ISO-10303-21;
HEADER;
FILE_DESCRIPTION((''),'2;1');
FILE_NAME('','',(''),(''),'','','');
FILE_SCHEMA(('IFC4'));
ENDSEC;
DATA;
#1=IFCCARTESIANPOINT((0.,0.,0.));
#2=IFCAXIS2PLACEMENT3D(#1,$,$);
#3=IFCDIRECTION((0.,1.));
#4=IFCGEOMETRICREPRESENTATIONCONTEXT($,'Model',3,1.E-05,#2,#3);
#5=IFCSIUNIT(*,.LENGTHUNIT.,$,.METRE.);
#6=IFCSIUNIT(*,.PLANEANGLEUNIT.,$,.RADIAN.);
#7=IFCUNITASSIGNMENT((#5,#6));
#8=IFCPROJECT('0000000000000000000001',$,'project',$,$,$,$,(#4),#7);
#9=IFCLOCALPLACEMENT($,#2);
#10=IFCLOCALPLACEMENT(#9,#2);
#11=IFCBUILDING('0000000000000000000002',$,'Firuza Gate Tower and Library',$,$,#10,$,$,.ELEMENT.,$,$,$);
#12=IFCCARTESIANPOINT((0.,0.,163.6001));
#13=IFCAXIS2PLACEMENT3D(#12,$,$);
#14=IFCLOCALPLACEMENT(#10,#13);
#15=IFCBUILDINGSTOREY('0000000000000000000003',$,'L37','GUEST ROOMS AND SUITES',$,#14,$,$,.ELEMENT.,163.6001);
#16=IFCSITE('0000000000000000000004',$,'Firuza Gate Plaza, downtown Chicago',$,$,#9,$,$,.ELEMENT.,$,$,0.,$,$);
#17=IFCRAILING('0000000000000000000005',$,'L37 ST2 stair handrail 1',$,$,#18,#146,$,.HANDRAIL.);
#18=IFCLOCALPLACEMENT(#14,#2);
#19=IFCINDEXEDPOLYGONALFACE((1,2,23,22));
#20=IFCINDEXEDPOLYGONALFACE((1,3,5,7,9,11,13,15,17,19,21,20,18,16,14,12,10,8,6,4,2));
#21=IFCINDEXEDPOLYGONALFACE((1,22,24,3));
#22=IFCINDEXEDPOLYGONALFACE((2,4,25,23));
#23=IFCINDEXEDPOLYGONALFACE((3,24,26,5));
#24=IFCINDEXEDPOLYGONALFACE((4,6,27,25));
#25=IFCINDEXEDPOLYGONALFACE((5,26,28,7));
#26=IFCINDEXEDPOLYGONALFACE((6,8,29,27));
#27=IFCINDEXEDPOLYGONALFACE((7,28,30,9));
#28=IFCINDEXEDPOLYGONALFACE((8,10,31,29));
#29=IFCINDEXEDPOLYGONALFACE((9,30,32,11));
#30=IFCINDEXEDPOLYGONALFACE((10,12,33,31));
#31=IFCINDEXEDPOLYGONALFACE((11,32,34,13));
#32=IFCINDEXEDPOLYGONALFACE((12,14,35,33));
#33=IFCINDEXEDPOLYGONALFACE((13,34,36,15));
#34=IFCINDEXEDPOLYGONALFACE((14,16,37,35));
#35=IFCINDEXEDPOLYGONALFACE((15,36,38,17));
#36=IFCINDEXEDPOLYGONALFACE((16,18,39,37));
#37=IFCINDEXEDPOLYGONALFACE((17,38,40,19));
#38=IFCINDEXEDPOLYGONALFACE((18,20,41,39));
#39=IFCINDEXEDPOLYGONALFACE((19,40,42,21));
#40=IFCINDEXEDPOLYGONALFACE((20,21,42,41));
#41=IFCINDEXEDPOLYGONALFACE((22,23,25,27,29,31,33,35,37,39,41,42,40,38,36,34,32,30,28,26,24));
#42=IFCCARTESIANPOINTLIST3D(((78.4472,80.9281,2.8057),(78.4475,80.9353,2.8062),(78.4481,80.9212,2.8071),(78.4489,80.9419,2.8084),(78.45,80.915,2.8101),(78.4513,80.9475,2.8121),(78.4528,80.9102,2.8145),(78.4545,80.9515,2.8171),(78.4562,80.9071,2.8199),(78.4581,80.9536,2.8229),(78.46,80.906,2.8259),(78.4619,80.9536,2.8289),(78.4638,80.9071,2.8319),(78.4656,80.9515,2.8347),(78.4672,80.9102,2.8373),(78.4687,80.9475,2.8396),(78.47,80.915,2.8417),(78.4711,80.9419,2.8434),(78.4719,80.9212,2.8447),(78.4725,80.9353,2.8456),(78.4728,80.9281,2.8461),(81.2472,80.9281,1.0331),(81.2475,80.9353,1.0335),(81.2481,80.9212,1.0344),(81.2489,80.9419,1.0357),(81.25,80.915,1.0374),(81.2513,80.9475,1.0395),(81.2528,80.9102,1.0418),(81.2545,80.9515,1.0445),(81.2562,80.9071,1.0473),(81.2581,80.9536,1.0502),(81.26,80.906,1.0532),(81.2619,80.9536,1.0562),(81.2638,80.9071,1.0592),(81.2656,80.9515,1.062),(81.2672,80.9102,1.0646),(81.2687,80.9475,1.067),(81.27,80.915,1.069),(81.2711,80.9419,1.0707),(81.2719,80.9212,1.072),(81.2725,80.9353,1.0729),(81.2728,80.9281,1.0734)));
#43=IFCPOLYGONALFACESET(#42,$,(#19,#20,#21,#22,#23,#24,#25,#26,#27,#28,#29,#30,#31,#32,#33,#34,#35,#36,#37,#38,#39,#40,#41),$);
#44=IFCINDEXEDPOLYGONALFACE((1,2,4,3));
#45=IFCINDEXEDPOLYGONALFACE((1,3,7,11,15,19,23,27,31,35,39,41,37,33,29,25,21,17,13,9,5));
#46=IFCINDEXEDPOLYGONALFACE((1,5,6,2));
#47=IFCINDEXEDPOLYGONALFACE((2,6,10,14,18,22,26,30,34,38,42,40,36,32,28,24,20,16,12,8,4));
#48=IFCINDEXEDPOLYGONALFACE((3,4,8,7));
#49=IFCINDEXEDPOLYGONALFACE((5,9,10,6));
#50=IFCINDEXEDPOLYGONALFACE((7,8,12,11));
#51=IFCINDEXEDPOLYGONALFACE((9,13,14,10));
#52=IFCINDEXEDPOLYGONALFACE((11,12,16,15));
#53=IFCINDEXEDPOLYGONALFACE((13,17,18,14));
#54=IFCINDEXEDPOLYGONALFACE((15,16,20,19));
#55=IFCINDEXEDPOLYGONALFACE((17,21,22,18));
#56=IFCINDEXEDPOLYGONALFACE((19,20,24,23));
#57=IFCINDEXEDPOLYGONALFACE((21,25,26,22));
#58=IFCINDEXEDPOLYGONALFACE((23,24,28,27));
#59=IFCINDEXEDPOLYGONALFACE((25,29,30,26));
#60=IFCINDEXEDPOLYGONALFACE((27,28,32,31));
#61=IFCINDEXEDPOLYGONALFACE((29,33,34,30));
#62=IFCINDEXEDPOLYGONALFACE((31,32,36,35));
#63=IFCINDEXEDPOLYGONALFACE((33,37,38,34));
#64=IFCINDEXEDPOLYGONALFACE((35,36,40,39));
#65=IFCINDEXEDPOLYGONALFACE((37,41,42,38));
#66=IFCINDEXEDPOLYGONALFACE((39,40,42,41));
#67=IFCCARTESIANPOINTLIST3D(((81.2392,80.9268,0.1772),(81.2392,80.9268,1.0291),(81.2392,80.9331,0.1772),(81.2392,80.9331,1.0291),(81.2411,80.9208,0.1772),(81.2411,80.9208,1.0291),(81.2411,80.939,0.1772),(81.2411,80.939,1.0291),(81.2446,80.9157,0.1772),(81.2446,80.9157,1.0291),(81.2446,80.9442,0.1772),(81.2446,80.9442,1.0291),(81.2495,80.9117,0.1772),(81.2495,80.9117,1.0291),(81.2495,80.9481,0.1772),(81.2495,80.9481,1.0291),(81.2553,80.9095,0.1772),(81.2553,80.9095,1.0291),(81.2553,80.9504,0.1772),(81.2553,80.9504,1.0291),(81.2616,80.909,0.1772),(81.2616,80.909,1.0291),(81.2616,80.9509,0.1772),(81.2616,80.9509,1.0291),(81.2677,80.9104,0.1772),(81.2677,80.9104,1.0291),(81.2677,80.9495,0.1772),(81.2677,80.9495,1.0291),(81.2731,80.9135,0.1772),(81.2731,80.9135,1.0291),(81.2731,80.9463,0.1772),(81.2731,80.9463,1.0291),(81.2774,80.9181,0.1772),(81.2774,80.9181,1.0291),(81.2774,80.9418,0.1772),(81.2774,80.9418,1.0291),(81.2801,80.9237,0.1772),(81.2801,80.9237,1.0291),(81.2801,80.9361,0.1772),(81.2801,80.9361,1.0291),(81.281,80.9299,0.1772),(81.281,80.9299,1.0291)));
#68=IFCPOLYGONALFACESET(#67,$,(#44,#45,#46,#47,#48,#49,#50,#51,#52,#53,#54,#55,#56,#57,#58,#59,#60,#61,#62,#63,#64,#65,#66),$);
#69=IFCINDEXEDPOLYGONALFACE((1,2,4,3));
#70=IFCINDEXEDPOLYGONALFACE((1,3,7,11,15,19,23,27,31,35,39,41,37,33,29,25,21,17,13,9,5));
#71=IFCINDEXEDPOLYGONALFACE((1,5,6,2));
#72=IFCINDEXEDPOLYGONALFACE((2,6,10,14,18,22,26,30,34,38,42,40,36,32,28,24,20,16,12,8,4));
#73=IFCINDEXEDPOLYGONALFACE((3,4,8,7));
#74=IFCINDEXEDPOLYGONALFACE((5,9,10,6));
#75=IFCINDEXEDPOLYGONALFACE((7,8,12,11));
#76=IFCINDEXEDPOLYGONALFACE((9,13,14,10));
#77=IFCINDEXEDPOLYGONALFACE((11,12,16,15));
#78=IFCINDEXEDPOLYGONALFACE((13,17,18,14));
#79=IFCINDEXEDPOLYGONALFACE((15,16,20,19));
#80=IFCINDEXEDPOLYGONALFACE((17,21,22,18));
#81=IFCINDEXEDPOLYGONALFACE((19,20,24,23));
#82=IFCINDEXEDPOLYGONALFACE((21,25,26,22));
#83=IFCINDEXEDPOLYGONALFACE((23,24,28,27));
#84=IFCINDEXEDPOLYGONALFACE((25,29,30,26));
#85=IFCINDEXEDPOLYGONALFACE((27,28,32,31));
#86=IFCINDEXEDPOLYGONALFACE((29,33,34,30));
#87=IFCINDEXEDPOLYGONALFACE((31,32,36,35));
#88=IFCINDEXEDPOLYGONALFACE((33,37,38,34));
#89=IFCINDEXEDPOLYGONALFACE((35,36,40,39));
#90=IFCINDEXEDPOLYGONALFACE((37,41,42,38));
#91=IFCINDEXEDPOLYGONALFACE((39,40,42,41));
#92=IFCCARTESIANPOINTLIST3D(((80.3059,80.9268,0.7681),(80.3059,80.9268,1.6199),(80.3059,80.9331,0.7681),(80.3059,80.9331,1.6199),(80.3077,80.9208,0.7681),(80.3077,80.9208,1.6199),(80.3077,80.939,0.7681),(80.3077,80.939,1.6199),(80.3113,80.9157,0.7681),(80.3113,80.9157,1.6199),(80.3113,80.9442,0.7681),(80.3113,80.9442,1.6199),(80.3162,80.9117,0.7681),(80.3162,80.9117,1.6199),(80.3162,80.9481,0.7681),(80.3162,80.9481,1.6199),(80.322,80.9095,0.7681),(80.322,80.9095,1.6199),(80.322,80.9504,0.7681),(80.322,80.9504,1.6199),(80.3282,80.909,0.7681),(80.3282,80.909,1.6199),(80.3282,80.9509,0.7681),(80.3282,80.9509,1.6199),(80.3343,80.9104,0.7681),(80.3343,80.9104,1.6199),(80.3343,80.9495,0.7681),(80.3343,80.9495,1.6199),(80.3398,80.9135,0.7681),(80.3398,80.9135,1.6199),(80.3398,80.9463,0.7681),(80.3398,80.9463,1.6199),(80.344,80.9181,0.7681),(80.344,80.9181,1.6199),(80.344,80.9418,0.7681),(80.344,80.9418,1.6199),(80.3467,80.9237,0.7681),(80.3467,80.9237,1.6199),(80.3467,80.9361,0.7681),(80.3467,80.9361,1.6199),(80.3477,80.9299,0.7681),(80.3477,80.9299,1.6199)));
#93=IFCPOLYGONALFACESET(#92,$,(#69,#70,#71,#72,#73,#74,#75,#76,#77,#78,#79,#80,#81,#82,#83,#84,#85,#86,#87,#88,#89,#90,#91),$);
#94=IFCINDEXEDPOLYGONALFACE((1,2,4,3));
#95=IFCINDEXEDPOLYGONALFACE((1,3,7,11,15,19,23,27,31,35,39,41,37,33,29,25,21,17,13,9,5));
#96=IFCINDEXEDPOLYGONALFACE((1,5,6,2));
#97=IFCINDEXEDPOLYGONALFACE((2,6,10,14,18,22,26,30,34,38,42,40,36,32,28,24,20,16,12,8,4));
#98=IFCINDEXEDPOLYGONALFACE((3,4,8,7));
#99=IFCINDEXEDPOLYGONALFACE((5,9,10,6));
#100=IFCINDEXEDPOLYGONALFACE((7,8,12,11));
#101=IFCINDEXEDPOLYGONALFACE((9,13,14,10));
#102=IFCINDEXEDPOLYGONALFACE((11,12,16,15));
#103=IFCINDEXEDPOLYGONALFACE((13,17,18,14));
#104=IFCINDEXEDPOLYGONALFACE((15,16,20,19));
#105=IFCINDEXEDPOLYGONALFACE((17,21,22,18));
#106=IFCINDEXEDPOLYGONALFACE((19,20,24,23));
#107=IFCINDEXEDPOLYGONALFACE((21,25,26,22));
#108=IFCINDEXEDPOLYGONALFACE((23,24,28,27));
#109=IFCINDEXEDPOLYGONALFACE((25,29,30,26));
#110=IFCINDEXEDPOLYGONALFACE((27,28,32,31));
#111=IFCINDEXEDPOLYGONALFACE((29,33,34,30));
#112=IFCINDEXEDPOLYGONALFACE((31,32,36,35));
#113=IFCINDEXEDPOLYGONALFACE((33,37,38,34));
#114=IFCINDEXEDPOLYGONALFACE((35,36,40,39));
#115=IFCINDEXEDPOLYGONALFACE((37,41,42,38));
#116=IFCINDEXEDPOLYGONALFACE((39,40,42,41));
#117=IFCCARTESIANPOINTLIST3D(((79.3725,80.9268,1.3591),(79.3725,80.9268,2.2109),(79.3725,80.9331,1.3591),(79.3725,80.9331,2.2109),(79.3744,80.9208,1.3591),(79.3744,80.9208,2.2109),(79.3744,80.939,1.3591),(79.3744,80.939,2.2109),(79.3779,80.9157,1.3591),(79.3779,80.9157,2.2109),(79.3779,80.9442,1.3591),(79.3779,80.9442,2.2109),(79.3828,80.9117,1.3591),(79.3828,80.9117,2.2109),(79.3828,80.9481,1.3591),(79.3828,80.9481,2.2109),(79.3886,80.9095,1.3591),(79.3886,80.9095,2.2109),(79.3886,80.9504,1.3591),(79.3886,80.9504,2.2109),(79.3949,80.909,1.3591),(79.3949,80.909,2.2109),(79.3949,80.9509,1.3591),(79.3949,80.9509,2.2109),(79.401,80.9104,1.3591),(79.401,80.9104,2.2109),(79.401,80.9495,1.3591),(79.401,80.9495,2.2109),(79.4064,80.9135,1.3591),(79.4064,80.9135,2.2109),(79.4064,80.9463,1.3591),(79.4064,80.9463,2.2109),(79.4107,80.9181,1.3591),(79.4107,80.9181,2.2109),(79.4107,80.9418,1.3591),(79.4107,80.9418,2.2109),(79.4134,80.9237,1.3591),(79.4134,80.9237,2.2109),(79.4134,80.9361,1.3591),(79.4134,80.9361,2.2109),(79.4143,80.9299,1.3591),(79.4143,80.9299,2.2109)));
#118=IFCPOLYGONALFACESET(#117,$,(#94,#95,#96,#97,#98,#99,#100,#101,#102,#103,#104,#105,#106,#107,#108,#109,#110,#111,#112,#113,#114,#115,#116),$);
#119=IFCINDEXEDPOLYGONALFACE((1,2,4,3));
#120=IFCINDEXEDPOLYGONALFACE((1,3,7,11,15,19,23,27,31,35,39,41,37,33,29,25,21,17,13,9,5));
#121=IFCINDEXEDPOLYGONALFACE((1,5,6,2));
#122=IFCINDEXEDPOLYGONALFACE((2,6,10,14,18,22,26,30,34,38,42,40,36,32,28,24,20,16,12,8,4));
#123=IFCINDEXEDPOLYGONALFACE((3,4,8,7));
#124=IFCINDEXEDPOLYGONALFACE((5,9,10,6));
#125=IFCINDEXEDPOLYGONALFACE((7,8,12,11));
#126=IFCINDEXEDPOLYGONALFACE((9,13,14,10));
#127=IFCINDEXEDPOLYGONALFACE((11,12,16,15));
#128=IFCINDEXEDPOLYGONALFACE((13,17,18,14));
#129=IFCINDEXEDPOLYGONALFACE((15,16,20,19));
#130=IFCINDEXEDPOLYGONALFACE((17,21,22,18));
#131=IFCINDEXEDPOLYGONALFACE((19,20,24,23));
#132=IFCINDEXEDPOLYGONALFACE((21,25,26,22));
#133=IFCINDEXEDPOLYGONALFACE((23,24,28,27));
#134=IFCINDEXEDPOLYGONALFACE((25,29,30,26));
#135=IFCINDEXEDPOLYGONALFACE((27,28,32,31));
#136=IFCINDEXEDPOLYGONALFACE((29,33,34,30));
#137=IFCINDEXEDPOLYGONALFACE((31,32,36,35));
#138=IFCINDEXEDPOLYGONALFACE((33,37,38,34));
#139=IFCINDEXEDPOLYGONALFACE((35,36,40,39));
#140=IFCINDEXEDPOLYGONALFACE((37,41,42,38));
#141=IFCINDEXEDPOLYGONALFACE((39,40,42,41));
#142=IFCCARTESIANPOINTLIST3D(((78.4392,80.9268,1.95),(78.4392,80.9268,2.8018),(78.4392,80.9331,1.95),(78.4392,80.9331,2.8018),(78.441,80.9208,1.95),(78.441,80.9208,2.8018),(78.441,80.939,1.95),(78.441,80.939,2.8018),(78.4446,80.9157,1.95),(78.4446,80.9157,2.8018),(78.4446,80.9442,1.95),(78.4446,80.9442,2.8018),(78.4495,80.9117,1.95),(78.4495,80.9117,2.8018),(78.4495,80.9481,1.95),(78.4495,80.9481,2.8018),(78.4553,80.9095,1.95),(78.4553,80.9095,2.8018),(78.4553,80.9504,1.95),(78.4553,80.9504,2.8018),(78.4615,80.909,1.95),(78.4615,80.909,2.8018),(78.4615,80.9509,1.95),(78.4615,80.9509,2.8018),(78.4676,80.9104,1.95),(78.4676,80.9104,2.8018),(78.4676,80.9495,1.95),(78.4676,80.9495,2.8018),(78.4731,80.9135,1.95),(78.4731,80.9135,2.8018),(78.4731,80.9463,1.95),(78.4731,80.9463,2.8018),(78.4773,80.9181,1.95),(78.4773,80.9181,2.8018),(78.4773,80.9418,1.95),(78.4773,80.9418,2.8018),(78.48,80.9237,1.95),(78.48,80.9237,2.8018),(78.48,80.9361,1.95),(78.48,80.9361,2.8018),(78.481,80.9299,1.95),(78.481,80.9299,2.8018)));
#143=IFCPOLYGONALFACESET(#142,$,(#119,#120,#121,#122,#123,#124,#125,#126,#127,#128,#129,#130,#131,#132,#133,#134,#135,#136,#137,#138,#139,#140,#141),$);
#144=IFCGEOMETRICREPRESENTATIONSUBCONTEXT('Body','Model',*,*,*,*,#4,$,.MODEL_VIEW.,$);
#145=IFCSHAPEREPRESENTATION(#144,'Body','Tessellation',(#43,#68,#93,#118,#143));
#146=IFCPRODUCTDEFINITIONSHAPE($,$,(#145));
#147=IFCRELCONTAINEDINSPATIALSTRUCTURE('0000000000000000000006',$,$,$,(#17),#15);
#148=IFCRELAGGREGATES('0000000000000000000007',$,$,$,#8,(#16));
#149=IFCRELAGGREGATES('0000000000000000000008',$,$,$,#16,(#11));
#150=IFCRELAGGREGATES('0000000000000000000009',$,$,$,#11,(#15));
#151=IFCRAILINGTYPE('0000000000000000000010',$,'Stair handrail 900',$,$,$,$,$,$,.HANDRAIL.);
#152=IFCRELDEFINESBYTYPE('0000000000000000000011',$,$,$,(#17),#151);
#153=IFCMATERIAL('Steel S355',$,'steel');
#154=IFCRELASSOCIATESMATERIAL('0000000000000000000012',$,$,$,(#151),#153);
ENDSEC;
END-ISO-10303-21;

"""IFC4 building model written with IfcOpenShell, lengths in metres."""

from ifc_helpers import new_model, si_unit, direction, frame, origin, origin_2d, place, context, subcontext, project, spatial, circle, extrude, material, type_object, element, save


model = new_model("IFC4")

# Units and contexts
model_context = context("Model", 3, precision=1e-05, world=origin(), true_north=direction((0.0, 1.0)))
body_context = subcontext(model_context, "Body", "Model", "MODEL_VIEW")
ifc_project = project(units=[si_unit("LENGTHUNIT", "METRE"), si_unit("PLANEANGLEUNIT", "RADIAN")], contexts=[model_context])

# Site, building, storey
site_placement = place(None, origin())
site = spatial("IfcSite", under=ifc_project, at=site_placement, Name="Firuza Gate Plaza, downtown Chicago", CompositionType="ELEMENT", RefElevation=0.0)
building_placement = place(site_placement, origin())
building = spatial("IfcBuilding", under=site, at=building_placement, Name="Firuza Gate Tower and Library", CompositionType="ELEMENT")
storey_placement = place(building_placement, frame((0.0, 0.0, 163.6001)))
storey = spatial("IfcBuildingStorey", under=building, at=storey_placement, Name="L37", Description="GUEST ROOMS AND SUITES", CompositionType="ELEMENT", Elevation=163.6001)

# Railing
ifc_material_1 = material(Name="Steel S355", Category="steel")
railing_type_1 = type_object("IfcRailingType", Name="Stair handrail 900", PredefinedType="HANDRAIL", material=ifc_material_1)
railing_1_placement = place(storey_placement, frame((81.26, 80.9299, 0.1772)))
element("IfcRailing", 1, at=railing_1_placement, inside=storey, type_object=railing_type_1, Name="L37 ST2 stair handrail 1", PredefinedType="HANDRAIL", context=body_context, shape_type="SweptSolid", body=[
    extrude(circle(Radius=0.0239, at=origin_2d()), frame((0.0, 0.0, 0.876), z_axis=(-0.844909, 0.0, 0.53491), x_axis=(0.0, -1.0, 0.0)), (0.0, 0.0, 1.0), 3.314),
    extrude(circle(Radius=0.021, at=origin_2d()), origin(), (0.0, 0.0, 1.0), 0.8518),
    extrude(circle(Radius=0.021, at=origin_2d()), frame((-0.9333, 0.0, 0.5908)), (0.0, 0.0, 1.0), 0.8518),
    extrude(circle(Radius=0.021, at=origin_2d()), frame((-1.8667, 0.0, 1.1819)), (0.0, 0.0, 1.0), 0.8518),
    extrude(circle(Radius=0.021, at=origin_2d()), frame((-2.8, 0.0, 1.7727)), (0.0, 0.0, 1.0), 0.8518),
])

save(model, "model.ifc")
